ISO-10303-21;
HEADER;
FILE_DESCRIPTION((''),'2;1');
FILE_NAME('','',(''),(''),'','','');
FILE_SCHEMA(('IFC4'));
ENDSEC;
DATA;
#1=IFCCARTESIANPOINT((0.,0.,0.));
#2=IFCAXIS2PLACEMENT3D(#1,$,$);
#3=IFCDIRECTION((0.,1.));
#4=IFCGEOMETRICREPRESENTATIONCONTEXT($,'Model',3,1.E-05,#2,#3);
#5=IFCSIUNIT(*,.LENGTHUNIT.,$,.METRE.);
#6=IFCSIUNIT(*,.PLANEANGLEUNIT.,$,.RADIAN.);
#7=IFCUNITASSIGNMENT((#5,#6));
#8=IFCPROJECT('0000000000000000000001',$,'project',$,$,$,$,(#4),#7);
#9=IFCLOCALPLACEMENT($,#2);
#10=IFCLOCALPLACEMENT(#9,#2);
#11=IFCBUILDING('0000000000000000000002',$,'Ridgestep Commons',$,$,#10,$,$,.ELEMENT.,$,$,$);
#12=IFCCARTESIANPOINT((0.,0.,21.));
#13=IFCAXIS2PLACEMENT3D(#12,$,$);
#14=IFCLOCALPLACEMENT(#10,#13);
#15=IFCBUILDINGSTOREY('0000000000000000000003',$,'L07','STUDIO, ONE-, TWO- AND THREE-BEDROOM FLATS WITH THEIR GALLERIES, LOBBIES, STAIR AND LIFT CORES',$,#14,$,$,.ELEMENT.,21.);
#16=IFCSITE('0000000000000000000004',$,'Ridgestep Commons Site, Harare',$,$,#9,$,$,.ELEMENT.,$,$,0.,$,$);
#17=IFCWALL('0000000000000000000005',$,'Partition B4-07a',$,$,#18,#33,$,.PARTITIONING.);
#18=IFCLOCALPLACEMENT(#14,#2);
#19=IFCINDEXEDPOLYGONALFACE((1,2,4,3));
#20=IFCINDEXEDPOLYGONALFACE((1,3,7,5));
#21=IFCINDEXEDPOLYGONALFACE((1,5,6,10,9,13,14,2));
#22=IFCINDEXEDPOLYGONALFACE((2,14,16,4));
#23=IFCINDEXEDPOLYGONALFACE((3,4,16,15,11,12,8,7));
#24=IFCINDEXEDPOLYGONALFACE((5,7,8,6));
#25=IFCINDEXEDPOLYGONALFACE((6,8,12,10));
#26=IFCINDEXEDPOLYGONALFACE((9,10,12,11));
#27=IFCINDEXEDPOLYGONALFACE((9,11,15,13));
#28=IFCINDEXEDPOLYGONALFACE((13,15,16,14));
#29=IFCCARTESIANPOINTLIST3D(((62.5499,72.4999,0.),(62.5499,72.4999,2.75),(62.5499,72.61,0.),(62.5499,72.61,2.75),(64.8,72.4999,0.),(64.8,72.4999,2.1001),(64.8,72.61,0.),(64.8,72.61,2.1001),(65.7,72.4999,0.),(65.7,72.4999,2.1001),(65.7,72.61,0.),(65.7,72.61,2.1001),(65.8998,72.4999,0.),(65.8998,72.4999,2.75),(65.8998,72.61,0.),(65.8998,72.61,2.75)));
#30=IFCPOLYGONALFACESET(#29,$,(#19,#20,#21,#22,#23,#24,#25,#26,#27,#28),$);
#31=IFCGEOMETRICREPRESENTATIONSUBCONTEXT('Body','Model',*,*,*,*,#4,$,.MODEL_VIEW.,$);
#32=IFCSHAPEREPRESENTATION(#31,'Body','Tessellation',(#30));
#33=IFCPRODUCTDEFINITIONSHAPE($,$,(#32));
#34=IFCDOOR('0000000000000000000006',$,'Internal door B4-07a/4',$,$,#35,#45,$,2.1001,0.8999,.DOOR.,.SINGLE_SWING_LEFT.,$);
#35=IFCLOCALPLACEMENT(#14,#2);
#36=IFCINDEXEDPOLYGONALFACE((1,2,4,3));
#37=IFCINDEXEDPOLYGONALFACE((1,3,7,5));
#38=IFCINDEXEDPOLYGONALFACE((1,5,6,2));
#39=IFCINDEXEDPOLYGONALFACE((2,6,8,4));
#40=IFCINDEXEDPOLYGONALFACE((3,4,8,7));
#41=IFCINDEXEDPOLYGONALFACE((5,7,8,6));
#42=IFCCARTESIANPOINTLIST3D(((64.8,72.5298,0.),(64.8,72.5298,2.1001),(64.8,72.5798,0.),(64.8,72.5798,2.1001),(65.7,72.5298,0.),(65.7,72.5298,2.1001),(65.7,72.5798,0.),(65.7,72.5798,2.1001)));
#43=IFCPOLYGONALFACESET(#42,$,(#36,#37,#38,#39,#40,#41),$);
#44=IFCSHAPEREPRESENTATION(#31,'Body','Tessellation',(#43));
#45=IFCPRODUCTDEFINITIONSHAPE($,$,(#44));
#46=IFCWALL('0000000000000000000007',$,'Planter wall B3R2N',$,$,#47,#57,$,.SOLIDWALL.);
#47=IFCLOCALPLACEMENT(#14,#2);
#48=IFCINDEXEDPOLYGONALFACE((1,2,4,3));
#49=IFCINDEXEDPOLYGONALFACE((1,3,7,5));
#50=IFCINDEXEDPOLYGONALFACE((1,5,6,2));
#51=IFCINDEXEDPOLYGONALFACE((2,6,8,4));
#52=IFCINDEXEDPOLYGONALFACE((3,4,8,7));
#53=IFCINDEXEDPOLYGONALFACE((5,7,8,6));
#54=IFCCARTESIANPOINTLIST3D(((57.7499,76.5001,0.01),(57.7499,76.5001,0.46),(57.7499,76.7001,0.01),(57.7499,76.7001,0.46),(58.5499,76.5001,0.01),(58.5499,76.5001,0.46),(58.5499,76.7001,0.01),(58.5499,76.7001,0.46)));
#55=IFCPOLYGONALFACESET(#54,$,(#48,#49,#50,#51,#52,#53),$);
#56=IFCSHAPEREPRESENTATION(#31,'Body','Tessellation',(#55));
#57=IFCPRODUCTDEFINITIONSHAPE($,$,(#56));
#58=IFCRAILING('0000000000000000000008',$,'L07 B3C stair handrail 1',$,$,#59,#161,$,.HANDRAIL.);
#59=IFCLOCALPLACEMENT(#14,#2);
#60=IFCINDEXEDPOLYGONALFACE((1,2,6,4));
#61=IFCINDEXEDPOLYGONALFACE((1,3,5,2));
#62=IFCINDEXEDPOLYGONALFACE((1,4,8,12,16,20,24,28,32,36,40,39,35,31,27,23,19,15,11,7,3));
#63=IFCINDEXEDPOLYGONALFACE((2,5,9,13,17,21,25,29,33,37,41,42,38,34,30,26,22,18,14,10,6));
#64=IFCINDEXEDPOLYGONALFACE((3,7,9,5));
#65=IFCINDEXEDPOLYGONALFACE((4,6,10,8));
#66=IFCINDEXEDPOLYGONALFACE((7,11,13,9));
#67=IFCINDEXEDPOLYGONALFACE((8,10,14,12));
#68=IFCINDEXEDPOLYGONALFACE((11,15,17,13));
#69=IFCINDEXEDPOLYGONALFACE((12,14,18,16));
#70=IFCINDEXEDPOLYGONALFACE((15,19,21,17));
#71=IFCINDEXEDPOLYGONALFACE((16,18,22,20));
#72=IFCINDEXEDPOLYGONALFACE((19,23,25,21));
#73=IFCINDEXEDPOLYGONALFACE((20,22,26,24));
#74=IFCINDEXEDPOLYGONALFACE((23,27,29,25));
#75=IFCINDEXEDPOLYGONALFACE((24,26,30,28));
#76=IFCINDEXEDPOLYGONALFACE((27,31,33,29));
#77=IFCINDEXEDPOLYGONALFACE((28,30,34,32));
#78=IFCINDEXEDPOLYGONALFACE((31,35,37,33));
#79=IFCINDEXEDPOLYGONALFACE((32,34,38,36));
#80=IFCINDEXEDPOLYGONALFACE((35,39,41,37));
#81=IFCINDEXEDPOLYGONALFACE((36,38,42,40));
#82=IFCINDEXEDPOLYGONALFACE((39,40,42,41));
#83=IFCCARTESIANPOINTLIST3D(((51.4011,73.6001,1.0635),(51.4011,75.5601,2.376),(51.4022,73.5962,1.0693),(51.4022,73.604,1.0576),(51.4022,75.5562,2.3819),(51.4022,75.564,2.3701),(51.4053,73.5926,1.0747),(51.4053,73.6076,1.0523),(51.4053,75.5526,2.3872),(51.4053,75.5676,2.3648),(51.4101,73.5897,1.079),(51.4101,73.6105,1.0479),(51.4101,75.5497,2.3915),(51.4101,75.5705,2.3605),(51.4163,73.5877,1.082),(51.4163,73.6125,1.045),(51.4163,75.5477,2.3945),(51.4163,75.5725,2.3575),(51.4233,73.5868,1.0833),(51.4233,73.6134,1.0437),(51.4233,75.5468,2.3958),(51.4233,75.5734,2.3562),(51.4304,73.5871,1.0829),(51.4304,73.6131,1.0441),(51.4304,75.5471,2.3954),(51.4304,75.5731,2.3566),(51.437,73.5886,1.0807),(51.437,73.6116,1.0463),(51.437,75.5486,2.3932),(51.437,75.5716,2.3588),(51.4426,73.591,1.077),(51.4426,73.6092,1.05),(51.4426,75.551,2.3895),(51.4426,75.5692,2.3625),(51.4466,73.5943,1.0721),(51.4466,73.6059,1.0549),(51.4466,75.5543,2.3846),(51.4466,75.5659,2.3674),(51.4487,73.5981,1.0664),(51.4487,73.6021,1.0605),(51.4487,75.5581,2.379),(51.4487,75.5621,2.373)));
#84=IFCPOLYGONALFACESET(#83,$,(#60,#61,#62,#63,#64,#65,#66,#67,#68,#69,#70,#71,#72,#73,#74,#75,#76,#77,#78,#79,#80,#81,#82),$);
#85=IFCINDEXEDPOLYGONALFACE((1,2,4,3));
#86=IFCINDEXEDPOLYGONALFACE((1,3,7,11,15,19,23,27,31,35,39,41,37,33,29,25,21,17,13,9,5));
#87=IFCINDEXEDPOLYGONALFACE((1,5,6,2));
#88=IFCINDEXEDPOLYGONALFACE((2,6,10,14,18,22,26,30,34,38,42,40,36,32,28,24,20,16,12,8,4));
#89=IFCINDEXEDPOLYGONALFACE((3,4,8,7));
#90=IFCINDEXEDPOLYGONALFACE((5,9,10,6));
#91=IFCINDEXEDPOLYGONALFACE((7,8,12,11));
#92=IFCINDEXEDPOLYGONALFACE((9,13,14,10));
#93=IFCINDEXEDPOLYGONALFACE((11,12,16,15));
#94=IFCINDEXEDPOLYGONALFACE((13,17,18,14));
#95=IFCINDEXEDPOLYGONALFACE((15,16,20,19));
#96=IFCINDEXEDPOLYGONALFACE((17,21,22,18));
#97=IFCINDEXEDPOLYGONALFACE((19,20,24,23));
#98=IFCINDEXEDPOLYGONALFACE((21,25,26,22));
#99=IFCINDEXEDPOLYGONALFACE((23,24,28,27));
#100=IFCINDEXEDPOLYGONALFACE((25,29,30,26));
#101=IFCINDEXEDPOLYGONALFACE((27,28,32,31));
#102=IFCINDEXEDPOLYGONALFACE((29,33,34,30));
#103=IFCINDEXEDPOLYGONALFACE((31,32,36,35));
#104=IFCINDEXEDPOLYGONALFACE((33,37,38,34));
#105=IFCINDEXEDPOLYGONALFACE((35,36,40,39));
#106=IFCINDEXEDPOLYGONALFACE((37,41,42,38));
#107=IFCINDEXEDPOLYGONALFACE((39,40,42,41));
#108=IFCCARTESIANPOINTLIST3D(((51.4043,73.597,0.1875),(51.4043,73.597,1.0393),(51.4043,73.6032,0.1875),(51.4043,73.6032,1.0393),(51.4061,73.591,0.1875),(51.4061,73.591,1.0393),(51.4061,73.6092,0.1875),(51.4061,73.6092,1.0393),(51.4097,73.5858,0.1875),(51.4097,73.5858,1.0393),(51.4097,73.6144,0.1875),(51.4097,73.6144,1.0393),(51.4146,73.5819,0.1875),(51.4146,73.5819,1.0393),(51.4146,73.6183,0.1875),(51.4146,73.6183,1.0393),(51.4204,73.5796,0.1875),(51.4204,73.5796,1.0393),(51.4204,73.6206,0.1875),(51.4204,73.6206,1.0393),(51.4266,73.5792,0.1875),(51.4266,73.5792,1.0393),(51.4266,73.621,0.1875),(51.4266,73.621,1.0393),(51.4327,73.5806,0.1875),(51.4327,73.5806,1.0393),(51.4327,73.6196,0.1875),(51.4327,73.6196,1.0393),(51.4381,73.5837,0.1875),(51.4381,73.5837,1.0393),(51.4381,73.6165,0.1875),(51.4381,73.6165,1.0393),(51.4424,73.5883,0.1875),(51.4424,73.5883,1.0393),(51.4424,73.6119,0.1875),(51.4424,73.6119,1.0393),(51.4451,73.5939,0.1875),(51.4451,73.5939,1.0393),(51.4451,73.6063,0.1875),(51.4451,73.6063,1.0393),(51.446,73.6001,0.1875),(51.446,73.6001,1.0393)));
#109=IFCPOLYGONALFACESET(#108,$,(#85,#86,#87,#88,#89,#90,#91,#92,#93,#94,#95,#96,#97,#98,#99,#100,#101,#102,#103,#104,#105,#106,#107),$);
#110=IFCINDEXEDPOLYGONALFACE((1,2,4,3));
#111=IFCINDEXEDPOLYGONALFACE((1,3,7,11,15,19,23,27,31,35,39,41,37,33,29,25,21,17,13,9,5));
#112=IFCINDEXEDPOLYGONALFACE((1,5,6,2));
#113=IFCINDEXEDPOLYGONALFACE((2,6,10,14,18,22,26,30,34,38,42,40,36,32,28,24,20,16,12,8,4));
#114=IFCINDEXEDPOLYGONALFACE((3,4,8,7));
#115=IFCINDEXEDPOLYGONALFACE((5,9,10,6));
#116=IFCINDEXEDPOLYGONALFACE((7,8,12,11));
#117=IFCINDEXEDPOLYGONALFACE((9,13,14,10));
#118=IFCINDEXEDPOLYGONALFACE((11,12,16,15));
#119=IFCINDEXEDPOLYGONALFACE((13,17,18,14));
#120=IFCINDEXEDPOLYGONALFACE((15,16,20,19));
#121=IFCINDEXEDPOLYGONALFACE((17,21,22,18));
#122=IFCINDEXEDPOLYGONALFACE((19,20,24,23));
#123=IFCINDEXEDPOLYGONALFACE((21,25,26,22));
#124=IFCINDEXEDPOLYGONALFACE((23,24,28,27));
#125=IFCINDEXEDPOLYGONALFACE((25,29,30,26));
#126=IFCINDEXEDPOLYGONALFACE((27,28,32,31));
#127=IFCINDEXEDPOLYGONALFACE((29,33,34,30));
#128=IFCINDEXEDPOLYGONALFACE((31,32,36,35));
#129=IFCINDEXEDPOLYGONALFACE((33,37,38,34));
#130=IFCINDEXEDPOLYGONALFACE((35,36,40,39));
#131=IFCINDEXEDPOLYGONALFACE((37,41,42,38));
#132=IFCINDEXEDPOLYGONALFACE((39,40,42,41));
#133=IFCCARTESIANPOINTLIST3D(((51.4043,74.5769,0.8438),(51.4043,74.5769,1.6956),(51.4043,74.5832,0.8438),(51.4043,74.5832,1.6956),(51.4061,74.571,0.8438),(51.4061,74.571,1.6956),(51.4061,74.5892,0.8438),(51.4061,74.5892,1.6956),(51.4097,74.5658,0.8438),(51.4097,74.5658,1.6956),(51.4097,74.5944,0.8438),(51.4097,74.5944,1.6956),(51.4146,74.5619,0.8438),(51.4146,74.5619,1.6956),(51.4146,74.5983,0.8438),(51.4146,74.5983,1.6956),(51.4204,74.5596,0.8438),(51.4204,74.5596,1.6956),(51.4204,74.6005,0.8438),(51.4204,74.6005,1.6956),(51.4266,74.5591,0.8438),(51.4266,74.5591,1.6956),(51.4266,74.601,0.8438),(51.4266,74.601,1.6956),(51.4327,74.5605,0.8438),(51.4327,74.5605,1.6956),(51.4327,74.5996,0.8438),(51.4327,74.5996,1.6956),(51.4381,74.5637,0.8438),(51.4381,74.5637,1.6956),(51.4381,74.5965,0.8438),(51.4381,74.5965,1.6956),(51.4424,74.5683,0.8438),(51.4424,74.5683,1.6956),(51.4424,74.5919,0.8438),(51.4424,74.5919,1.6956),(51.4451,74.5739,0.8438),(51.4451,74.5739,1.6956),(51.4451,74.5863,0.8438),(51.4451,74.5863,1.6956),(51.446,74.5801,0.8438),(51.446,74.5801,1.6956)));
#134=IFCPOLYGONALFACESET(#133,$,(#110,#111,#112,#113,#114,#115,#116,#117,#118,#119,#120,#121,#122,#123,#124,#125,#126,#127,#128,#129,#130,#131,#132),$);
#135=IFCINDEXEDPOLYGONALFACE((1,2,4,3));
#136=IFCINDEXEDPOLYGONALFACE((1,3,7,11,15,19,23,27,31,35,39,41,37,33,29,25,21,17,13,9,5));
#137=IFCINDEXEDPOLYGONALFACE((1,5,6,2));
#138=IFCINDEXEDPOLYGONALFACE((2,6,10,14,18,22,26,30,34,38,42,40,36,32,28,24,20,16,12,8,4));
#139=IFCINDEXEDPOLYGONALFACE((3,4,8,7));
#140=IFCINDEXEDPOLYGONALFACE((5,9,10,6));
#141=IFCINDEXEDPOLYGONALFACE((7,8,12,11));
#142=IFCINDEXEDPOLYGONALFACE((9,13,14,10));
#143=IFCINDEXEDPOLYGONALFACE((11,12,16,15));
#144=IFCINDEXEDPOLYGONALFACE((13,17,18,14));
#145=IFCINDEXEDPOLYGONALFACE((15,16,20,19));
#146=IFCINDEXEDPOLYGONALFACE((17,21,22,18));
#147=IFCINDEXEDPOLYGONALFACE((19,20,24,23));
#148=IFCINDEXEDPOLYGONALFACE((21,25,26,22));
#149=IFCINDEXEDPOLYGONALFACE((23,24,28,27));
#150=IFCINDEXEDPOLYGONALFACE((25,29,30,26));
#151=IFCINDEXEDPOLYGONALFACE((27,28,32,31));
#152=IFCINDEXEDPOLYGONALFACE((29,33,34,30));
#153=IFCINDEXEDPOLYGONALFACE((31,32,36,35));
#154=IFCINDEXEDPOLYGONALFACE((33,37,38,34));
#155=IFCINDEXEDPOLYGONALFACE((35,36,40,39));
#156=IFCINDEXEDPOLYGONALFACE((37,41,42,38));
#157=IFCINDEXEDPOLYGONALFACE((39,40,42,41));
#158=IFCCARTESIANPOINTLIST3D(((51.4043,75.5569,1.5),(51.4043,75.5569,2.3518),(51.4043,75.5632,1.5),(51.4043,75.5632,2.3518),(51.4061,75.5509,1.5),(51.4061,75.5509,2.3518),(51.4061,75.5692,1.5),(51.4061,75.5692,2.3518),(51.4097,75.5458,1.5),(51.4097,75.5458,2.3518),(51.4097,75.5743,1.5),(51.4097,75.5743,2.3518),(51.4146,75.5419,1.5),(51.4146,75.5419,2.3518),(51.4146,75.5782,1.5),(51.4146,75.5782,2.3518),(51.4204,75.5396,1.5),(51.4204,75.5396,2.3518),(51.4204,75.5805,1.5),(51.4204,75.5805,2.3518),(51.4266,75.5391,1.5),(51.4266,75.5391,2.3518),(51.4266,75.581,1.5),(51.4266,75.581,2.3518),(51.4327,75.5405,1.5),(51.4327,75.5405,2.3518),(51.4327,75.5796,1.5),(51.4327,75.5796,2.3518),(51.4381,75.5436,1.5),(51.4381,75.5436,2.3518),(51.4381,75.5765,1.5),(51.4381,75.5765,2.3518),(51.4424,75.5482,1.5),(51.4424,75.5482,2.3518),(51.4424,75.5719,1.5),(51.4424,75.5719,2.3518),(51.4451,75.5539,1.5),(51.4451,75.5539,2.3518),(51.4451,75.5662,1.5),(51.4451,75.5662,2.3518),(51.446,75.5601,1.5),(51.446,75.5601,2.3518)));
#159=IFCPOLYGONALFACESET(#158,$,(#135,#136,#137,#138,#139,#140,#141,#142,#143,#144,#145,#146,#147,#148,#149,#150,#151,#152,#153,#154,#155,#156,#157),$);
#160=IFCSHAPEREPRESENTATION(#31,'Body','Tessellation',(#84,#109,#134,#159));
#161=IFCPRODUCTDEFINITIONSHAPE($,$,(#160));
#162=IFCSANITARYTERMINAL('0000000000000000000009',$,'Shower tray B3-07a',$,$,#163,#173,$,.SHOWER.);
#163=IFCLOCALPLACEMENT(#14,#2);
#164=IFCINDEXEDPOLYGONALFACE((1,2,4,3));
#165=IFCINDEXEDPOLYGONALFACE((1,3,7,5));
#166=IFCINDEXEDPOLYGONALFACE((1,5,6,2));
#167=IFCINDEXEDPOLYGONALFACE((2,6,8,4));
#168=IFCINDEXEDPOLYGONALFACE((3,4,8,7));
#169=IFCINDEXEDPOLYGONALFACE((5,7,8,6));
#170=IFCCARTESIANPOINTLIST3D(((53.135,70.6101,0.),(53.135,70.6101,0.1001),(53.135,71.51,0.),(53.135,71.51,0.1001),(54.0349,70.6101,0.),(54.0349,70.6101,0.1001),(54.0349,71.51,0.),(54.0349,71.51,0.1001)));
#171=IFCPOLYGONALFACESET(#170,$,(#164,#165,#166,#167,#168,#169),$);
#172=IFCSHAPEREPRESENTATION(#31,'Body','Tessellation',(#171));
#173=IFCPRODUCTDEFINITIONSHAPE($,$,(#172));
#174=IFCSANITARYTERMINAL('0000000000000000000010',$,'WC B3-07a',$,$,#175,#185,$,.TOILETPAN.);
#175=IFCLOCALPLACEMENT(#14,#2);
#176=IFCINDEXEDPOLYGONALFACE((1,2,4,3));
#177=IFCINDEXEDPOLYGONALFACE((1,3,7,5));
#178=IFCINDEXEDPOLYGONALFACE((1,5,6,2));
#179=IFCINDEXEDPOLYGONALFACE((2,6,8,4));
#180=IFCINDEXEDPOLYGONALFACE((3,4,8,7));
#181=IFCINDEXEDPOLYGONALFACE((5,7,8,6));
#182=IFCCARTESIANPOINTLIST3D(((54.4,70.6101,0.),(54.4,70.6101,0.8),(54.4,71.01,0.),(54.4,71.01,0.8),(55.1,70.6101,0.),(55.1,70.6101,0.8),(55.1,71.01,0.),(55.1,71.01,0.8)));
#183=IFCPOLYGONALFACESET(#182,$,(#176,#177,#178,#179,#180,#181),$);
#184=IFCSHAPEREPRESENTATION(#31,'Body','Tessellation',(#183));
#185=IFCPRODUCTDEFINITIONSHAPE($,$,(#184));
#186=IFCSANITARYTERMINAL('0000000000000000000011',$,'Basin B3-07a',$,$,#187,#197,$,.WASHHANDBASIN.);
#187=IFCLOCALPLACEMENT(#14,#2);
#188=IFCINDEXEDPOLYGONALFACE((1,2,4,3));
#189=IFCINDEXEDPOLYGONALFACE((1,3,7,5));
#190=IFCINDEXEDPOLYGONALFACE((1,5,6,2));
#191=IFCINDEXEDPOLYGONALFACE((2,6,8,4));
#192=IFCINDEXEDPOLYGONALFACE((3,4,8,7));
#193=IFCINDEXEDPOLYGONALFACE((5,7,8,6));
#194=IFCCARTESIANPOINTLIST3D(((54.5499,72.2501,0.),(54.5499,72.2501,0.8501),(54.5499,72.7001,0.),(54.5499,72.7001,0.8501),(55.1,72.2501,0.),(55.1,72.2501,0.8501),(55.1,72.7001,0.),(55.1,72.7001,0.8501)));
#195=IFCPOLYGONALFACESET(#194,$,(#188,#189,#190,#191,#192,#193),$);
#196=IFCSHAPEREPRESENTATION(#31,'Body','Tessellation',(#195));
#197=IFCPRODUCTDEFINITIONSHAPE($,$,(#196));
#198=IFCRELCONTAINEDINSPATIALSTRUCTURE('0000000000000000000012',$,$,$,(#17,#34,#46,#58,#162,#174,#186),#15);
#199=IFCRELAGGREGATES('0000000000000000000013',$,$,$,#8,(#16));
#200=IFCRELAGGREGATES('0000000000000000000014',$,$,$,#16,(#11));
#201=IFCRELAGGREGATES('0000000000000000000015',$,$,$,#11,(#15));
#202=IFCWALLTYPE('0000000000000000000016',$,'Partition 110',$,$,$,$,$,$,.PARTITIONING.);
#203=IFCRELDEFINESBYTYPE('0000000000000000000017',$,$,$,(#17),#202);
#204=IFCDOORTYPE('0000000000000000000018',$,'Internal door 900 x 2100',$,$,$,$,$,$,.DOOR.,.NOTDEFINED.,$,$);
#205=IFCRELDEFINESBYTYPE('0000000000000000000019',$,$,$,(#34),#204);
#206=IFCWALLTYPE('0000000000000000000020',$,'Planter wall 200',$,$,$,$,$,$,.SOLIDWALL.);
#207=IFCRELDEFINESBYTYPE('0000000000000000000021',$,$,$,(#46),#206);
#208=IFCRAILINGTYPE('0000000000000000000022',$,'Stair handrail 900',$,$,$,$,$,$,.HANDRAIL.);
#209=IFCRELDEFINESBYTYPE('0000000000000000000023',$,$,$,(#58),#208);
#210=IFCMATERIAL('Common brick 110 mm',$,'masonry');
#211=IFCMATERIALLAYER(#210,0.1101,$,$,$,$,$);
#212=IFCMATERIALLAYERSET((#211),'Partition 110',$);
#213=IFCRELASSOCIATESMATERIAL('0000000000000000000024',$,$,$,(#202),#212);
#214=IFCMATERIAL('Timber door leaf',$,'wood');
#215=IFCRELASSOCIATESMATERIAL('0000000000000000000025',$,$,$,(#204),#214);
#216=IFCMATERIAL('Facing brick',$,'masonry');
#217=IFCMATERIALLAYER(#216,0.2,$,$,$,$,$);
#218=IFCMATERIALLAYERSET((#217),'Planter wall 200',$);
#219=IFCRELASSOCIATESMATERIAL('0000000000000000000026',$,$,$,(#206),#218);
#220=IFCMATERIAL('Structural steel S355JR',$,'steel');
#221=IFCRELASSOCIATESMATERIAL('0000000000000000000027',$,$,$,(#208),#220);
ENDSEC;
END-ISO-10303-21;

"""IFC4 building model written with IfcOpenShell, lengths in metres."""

from ifc_helpers import new_model, si_unit, direction, frame, frame_2d, origin, origin_2d, place, context, subcontext, project, spatial, rectangle, circle, extrude, material, layer, layer_set, type_object, element, fill, save


model = new_model("IFC4")

# Units and contexts
model_context = context("Model", 3, precision=1e-05, world=origin(), true_north=direction((0.0, 1.0)))
body_context = subcontext(model_context, "Body", "Model", "MODEL_VIEW")
ifc_project = project(units=[si_unit("LENGTHUNIT", "METRE"), si_unit("PLANEANGLEUNIT", "RADIAN")], contexts=[model_context])

# Site, building, storey
site_placement = place(None, origin())
site = spatial("IfcSite", under=ifc_project, at=site_placement, Name="Ridgestep Commons Site, Harare", CompositionType="ELEMENT", RefElevation=0.0)
building_placement = place(site_placement, origin())
building = spatial("IfcBuilding", under=site, at=building_placement, Name="Ridgestep Commons", CompositionType="ELEMENT")
storey_placement = place(building_placement, frame((0.0, 0.0, 21.0)))
storey = spatial("IfcBuildingStorey", under=building, at=storey_placement, Name="L07", Description="STUDIO, ONE-, TWO- AND THREE-BEDROOM FLATS WITH THEIR GALLERIES, LOBBIES, STAIR AND LIFT CORES", CompositionType="ELEMENT", Elevation=21.0)

# Shared definitions
ifc_material_1 = material(Name="Common brick 110 mm", Category="masonry")
ifc_layer_1 = layer(ifc_material_1, 0.1101)
ifc_layer_set_1 = layer_set([ifc_layer_1], Name="Partition 110")
wall_type_1 = type_object("IfcWallType", Name="Partition 110", PredefinedType="PARTITIONING", material=ifc_layer_set_1)

# Wall, opening, door
ifc_material_2 = material(Name="Timber door leaf", Category="wood")
door_type = type_object("IfcDoorType", Name="Internal door 900 x 2100", OperationType="NOTDEFINED", PredefinedType="DOOR", material=ifc_material_2)
wall_1_placement = place(storey_placement, frame((62.55, 72.5549, 0.0), z_axis=(0.0, 0.0, 1.0), x_axis=(1.0, 0.0, 0.0)))
wall_1 = element("IfcWall", 1, at=wall_1_placement, inside=storey, type_object=wall_type_1, Name="Partition B4-07a", PredefinedType="PARTITIONING", context=body_context, shape_type="SweptSolid", body=[
    extrude(rectangle(XDim=3.3499, YDim=0.1101, at=frame_2d((1.6748, 0.0))), origin(), (0.0, 0.0, 1.0), 2.75),
])
opening_1_placement = place(wall_1_placement, frame((2.25, 0.0, 0.0)))
opening_1 = element("IfcOpeningElement", 2, at=opening_1_placement, cuts=wall_1, PredefinedType="OPENING", context=body_context, shape_type="SweptSolid", body=[
    extrude(rectangle(XDim=0.8999, YDim=2.1001, at=frame_2d((0.45, 1.05))), frame((0.0, 0.0649, 0.0), z_axis=(0.0, -1.0, 0.0), x_axis=(1.0, 0.0, 0.0)), (0.0, 0.0, 1.0), 0.1301),
])
door_1_placement = place(opening_1_placement, origin())
door_1 = element("IfcDoor", 3, at=door_1_placement, inside=storey, type_object=door_type, Name="Internal door B4-07a/4", OperationType="SINGLE_SWING_LEFT", OverallHeight=2.1001, OverallWidth=0.8999, PredefinedType="DOOR", context=body_context, shape_type="SweptSolid", body=[
    extrude(rectangle(XDim=0.8999, YDim=2.1001, at=frame_2d((0.45, 1.05))), frame((0.0, 0.0249, 0.0), z_axis=(0.0, -1.0, 0.0), x_axis=(1.0, 0.0, 0.0)), (0.0, 0.0, 1.0), 0.05),
])
fill(opening_1, door_1)

# Wall
ifc_material_3 = material(Name="Facing brick", Category="masonry")
ifc_layer_2 = layer(ifc_material_3, 0.2)
ifc_layer_set_2 = layer_set([ifc_layer_2], Name="Planter wall 200")
wall_type_2 = type_object("IfcWallType", Name="Planter wall 200", PredefinedType="SOLIDWALL", material=ifc_layer_set_2)
wall_2_placement = place(storey_placement, frame((57.75, 76.6001, 0.01), z_axis=(0.0, 0.0, 1.0), x_axis=(1.0, 0.0, 0.0)))
element("IfcWall", 4, at=wall_2_placement, inside=storey, type_object=wall_type_2, Name="Planter wall B3R2N", PredefinedType="SOLIDWALL", context=body_context, shape_type="SweptSolid", body=[
    extrude(rectangle(XDim=0.8, YDim=0.2, at=frame_2d((0.3999, 0.0))), origin(), (0.0, 0.0, 1.0), 0.45),
])

# Railing
ifc_material_4 = material(Name="Structural steel S355JR", Category="steel")
railing_type = type_object("IfcRailingType", Name="Stair handrail 900", PredefinedType="HANDRAIL", material=ifc_material_4)
railing_placement = place(storey_placement, frame((51.425, 73.6001, 0.1875)))
element("IfcRailing", 5, at=railing_placement, inside=storey, type_object=railing_type, Name="L07 B3C stair handrail 1", PredefinedType="HANDRAIL", context=body_context, shape_type="SweptSolid", body=[
    extrude(circle(Radius=0.0239, at=origin_2d()), frame((0.0, 0.0, 0.876), z_axis=(0.0, 0.830902, 0.556419), x_axis=(-1.0, 0.0, 0.0)), (0.0, 0.0, 1.0), 2.3589),
    extrude(circle(Radius=0.021, at=origin_2d()), origin(), (0.0, 0.0, 1.0), 0.8518),
    extrude(circle(Radius=0.021, at=origin_2d()), frame((0.0, 0.98, 0.6562)), (0.0, 0.0, 1.0), 0.8518),
    extrude(circle(Radius=0.021, at=origin_2d()), frame((0.0, 1.96, 1.3125)), (0.0, 0.0, 1.0), 0.8518),
])

# Sanitary terminals
sanitary_terminal_1_placement = place(storey_placement, frame((53.585, 71.0601, 0.0), z_axis=(0.0, 0.0, 1.0), x_axis=(1.0, 0.0, 0.0)))
element("IfcSanitaryTerminal", 6, at=sanitary_terminal_1_placement, inside=storey, Name="Shower tray B3-07a", PredefinedType="SHOWER", context=body_context, shape_type="SweptSolid", body=[
    extrude(rectangle(XDim=0.8999, YDim=0.8999, at=origin_2d()), origin(), (0.0, 0.0, 1.0), 0.1001),
])
sanitary_terminal_2_placement = place(storey_placement, frame((54.75, 70.8101, 0.0), z_axis=(0.0, 0.0, 1.0), x_axis=(1.0, 0.0, 0.0)))
element("IfcSanitaryTerminal", 7, at=sanitary_terminal_2_placement, inside=storey, Name="WC B3-07a", PredefinedType="TOILETPAN", context=body_context, shape_type="SweptSolid", body=[
    extrude(rectangle(XDim=0.7, YDim=0.3999, at=origin_2d()), origin(), (0.0, 0.0, 1.0), 0.8),
])
sanitary_terminal_3_placement = place(storey_placement, frame((54.825, 72.4751, 0.0), z_axis=(0.0, 0.0, 1.0), x_axis=(1.0, 0.0, 0.0)))
element("IfcSanitaryTerminal", 8, at=sanitary_terminal_3_placement, inside=storey, Name="Basin B3-07a", PredefinedType="WASHHANDBASIN", context=body_context, shape_type="SweptSolid", body=[
    extrude(rectangle(XDim=0.55, YDim=0.45, at=origin_2d()), origin(), (0.0, 0.0, 1.0), 0.8501),
])

save(model, "model.ifc")
